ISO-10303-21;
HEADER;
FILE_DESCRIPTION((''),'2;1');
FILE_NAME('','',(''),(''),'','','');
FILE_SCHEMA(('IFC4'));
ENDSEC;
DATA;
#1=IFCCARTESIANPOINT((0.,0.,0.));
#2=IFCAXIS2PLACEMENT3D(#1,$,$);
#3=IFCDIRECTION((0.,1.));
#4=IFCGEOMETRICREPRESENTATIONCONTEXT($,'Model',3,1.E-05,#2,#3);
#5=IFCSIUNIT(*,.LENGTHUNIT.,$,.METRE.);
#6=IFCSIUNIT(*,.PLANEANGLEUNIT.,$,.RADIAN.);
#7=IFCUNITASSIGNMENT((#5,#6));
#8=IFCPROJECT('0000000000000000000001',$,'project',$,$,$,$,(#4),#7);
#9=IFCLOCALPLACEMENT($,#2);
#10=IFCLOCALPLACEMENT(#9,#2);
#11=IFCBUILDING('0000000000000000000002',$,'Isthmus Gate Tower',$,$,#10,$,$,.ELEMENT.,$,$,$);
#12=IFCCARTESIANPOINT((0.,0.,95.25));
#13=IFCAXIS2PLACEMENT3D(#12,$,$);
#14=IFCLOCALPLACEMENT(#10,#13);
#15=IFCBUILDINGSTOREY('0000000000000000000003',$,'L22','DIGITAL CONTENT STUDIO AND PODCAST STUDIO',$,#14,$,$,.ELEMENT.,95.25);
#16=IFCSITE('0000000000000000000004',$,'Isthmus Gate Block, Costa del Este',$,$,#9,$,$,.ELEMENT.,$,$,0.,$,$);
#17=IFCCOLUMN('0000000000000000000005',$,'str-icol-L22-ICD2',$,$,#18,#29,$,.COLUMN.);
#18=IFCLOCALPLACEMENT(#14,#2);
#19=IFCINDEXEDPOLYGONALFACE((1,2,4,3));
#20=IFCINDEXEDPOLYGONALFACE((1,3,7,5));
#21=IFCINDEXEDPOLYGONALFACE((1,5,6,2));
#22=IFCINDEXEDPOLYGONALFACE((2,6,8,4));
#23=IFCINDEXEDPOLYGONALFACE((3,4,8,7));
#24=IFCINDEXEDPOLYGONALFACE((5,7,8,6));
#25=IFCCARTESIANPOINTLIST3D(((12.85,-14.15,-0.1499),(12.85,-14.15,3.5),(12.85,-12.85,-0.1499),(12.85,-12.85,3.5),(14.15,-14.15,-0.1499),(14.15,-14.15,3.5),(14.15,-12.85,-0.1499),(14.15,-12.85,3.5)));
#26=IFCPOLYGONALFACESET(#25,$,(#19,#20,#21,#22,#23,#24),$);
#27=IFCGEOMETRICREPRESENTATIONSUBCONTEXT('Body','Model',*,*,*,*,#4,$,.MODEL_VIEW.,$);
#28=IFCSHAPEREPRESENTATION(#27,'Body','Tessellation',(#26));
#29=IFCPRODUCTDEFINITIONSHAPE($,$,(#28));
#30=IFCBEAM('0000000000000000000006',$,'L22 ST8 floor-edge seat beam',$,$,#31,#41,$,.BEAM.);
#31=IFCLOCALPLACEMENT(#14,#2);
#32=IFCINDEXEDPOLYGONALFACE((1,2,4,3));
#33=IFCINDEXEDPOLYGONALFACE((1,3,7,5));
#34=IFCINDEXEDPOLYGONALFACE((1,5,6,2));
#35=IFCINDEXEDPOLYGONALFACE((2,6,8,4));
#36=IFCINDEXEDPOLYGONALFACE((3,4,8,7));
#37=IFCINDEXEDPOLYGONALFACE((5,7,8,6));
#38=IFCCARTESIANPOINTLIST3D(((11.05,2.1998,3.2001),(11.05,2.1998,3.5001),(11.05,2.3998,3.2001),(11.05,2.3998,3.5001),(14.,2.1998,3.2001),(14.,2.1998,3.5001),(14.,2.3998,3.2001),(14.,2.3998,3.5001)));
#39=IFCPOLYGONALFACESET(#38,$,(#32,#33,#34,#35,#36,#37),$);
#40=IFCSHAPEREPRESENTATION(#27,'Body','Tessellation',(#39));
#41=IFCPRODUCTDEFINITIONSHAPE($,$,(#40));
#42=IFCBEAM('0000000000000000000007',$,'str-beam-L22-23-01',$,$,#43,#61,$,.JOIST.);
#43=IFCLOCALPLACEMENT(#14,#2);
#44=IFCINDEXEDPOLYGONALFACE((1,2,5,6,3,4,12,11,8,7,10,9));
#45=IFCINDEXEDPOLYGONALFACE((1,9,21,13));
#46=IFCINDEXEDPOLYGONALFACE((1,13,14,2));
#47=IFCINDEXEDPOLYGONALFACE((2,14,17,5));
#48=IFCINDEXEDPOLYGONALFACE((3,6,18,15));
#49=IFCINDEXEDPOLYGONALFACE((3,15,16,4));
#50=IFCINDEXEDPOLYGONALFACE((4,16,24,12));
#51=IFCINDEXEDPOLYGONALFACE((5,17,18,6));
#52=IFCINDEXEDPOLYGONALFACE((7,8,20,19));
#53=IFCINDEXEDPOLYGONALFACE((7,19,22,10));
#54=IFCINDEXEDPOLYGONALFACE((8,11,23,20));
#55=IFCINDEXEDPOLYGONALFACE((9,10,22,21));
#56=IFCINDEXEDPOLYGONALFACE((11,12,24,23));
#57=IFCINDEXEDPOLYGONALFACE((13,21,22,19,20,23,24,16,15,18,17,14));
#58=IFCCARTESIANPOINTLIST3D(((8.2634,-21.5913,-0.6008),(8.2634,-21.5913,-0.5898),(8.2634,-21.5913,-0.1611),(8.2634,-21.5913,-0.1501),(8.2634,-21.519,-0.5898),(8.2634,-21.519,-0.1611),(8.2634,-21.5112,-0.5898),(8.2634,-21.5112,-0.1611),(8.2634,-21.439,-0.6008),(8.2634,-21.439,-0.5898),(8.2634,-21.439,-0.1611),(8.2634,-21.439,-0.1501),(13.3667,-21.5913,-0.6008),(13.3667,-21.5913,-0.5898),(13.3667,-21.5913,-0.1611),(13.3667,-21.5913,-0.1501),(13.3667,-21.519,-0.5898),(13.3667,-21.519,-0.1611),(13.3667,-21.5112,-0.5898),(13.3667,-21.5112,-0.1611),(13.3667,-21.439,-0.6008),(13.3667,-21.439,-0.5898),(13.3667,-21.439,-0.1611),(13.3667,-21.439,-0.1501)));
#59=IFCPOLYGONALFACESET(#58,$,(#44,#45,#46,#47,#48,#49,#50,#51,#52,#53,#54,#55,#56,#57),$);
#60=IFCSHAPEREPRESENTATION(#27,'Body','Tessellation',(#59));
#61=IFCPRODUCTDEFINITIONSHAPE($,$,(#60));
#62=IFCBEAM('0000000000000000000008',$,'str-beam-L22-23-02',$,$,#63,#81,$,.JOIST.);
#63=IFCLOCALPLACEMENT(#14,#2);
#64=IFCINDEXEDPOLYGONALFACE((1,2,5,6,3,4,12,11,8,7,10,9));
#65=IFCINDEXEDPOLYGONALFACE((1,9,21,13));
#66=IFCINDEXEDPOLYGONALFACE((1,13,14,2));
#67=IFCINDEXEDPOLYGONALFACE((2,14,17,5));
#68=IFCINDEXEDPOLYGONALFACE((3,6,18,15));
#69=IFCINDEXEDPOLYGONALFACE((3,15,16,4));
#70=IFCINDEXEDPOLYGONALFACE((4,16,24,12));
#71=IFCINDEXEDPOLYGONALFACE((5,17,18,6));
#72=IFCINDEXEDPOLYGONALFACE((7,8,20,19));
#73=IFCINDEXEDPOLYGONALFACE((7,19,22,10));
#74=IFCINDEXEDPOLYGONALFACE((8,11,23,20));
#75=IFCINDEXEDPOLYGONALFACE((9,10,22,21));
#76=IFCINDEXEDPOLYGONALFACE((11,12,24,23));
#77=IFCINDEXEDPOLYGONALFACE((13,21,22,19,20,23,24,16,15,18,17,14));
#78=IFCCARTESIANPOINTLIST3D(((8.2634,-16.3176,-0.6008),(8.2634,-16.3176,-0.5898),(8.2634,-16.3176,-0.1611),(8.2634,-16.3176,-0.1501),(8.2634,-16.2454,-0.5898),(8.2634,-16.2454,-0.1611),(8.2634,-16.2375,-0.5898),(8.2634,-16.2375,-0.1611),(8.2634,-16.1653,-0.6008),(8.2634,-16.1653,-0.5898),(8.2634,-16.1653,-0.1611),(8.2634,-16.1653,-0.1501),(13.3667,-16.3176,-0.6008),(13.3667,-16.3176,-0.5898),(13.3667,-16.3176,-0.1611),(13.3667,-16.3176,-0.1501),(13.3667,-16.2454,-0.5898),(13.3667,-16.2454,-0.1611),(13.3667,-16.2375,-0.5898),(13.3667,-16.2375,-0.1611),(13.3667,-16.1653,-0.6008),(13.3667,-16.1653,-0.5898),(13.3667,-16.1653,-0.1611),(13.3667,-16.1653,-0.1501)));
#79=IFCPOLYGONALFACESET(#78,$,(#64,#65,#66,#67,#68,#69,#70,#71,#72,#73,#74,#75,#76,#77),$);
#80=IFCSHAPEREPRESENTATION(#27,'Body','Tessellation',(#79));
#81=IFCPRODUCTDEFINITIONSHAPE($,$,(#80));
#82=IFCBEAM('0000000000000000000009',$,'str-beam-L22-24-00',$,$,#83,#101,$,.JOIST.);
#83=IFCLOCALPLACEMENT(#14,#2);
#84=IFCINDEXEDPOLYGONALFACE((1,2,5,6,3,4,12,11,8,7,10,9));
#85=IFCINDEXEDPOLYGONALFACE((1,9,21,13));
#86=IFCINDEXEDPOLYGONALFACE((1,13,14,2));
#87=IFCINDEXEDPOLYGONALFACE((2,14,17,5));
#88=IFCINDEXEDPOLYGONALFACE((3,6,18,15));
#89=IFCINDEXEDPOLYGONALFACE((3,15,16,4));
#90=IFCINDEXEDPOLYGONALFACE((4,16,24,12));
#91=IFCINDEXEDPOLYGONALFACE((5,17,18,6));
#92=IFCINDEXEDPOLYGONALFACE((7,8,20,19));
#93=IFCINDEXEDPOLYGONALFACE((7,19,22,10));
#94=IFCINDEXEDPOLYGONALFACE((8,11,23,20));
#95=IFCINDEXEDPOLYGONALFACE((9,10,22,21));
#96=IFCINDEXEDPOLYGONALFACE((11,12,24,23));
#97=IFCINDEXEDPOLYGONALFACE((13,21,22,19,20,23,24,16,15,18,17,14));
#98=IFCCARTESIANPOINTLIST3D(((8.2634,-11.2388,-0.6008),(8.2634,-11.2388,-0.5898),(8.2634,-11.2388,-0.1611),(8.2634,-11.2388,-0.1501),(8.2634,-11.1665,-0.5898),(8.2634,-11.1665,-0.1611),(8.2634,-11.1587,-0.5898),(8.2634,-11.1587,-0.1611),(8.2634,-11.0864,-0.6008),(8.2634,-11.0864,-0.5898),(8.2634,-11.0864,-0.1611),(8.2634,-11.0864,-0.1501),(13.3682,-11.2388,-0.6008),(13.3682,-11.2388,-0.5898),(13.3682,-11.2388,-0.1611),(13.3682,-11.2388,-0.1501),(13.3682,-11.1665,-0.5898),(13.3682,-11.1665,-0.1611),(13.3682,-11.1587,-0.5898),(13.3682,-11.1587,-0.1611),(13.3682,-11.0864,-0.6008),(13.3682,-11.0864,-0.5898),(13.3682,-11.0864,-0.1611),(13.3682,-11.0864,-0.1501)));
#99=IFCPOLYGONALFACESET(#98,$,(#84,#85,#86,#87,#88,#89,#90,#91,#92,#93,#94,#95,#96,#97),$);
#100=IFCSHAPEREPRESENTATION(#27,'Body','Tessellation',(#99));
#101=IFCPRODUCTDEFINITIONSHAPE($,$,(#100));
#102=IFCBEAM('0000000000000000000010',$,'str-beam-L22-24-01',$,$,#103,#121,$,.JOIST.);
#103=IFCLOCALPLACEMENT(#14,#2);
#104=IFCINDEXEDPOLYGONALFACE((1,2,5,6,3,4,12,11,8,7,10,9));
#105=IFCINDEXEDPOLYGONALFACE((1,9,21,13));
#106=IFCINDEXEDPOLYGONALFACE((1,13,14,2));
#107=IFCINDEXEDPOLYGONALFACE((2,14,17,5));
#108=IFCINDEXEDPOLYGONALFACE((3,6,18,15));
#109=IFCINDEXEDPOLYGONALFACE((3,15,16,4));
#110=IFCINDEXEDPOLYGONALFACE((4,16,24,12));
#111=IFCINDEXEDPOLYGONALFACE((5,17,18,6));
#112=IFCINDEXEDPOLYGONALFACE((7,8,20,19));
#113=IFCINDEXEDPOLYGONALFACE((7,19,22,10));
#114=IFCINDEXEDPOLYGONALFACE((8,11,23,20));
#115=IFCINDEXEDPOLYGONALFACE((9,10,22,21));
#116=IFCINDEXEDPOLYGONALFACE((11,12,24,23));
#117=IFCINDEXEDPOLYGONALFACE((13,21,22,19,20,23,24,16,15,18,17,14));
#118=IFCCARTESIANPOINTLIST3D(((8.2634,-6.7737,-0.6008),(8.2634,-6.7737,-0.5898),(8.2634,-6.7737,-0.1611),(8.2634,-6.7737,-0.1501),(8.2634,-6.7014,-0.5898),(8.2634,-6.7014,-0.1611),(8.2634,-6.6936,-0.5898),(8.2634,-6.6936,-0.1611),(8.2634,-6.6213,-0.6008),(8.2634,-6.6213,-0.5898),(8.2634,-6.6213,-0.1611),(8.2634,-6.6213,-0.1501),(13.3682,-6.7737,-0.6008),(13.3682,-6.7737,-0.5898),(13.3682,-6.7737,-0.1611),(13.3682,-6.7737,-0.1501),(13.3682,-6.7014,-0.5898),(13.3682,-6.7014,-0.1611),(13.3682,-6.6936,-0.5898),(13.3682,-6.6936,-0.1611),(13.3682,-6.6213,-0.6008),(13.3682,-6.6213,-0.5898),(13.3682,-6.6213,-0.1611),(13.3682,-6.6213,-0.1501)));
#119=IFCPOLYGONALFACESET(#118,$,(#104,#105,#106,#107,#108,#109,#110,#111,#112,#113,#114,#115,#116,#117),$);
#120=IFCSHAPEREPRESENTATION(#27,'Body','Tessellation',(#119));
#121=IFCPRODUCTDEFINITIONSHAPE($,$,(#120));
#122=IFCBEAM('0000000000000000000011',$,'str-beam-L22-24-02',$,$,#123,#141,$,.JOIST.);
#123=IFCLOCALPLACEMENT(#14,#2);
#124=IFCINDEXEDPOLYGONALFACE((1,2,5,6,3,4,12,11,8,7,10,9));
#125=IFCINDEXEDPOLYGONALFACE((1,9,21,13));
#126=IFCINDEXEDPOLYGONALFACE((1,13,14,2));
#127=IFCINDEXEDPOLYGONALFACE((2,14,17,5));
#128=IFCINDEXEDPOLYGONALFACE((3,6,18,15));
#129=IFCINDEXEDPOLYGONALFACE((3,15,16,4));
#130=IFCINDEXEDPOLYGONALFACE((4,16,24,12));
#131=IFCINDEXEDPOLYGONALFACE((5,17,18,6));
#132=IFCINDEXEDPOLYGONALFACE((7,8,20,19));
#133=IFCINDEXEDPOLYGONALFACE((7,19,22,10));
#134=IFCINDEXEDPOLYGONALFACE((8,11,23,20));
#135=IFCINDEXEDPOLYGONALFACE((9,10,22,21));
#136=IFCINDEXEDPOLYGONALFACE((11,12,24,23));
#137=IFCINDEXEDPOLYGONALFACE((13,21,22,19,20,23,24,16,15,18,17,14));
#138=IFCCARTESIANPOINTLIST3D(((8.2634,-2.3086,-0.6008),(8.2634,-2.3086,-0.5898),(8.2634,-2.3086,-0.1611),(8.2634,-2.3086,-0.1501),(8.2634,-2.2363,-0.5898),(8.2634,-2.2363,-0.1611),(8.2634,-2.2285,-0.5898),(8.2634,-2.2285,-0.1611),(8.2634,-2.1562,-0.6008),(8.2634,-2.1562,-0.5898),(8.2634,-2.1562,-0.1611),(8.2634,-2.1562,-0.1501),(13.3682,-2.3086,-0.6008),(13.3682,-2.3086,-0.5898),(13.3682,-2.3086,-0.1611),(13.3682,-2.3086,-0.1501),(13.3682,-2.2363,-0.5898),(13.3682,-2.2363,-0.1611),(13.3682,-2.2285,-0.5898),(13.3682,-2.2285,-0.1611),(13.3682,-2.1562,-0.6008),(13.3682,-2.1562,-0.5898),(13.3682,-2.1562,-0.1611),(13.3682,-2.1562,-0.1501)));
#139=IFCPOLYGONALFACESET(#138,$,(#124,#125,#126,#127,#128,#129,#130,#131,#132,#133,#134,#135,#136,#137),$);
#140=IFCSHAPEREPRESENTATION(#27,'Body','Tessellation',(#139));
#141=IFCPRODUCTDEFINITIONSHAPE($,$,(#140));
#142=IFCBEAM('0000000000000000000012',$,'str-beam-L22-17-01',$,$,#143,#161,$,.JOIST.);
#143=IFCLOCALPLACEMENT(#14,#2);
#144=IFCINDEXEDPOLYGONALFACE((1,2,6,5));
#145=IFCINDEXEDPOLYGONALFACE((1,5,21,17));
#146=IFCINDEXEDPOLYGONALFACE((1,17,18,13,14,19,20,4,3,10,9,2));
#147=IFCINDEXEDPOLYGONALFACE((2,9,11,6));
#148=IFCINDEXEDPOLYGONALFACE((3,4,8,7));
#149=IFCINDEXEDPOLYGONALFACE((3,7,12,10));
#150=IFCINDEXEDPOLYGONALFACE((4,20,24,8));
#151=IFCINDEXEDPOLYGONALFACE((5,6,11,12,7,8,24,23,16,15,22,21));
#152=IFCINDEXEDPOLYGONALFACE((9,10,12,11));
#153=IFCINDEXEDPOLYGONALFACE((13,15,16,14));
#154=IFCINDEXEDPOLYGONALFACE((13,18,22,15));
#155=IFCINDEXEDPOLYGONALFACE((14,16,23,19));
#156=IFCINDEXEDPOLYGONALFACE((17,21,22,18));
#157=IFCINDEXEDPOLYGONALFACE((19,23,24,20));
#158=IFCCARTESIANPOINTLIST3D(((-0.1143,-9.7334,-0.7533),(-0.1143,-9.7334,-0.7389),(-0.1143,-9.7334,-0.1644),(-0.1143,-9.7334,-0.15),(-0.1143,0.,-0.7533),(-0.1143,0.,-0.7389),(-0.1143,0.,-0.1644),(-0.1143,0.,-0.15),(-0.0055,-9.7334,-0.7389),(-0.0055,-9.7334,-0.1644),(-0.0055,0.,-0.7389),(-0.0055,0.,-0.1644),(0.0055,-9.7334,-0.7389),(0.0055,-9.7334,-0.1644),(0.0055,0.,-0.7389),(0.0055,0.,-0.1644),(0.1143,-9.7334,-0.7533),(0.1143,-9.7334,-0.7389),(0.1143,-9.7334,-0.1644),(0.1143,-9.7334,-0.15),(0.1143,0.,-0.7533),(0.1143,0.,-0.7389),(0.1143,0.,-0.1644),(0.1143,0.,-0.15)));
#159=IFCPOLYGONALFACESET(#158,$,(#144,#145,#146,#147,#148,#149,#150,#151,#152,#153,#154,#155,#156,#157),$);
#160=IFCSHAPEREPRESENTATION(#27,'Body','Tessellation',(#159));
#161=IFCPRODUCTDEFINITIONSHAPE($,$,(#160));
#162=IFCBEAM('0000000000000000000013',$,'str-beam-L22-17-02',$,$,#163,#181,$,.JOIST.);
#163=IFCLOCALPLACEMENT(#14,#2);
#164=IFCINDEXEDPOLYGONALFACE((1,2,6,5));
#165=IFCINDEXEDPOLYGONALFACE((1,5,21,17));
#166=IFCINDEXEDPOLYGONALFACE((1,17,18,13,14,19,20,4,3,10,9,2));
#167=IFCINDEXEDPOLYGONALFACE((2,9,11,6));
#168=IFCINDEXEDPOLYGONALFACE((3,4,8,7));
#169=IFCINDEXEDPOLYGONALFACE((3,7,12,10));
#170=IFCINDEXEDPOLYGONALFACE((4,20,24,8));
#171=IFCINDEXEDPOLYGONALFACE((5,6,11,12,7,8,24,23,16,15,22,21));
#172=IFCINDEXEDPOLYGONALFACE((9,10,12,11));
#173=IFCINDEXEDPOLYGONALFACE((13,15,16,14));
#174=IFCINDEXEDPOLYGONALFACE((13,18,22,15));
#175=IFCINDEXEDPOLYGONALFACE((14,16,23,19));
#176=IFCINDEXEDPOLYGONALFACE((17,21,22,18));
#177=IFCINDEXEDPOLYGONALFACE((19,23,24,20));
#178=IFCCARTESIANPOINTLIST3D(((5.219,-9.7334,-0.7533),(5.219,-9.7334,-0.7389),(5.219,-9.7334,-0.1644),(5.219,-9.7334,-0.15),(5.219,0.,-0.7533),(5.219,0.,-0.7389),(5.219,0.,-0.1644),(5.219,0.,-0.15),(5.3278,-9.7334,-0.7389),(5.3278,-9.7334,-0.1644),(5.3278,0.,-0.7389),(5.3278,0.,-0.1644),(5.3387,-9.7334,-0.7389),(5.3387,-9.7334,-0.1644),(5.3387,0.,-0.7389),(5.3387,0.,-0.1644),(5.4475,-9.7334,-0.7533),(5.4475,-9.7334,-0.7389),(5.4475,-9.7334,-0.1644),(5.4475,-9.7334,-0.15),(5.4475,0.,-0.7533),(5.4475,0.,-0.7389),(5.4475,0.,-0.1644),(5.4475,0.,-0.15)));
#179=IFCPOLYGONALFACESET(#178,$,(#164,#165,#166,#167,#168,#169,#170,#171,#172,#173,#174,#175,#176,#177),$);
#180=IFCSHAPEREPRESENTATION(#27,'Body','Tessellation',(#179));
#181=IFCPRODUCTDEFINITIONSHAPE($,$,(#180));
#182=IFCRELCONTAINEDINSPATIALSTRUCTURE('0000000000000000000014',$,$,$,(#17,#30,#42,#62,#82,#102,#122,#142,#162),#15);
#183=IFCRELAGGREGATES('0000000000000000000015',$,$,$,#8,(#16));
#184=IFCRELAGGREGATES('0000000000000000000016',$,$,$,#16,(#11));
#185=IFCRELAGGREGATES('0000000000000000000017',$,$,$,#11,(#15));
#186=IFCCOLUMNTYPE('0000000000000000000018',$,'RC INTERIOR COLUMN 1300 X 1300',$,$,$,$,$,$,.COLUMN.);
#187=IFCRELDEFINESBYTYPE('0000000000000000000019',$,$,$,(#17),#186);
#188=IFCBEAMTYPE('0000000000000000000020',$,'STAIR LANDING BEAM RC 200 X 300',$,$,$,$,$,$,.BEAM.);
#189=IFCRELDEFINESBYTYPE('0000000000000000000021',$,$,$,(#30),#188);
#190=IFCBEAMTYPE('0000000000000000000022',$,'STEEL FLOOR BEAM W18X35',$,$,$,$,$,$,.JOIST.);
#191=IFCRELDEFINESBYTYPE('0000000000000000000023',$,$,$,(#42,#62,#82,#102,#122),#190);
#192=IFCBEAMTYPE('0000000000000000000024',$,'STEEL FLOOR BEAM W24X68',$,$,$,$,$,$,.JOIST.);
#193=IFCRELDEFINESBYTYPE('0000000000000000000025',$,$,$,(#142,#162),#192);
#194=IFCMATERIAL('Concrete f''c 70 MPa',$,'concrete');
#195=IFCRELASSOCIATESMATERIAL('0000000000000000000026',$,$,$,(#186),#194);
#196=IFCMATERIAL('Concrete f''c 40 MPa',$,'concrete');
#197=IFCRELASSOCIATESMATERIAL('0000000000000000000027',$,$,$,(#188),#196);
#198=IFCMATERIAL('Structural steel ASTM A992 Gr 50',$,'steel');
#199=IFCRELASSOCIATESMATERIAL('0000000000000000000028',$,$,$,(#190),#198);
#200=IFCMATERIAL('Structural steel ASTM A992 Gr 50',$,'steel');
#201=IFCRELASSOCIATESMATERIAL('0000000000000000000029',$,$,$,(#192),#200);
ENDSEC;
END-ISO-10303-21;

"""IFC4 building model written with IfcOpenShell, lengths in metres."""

from ifc_helpers import new_model, si_unit, direction, frame, origin, origin_2d, place, context, subcontext, project, spatial, rectangle, i_section, extrude, material, material_profile, profile_set, type_object, element, save


model = new_model("IFC4")

# Units and contexts
model_context = context("Model", 3, precision=1e-05, world=origin(), true_north=direction((0.0, 1.0)))
body_context = subcontext(model_context, "Body", "Model", "MODEL_VIEW")
ifc_project = project(units=[si_unit("LENGTHUNIT", "METRE"), si_unit("PLANEANGLEUNIT", "RADIAN")], contexts=[model_context])

# Site, building, storey
site_placement = place(None, origin())
site = spatial("IfcSite", under=ifc_project, at=site_placement, Name="Isthmus Gate Block, Costa del Este", CompositionType="ELEMENT", RefElevation=0.0)
building_placement = place(site_placement, origin())
building = spatial("IfcBuilding", under=site, at=building_placement, Name="Isthmus Gate Tower", CompositionType="ELEMENT")
storey_placement = place(building_placement, frame((0.0, 0.0, 95.25)))
storey = spatial("IfcBuildingStorey", under=building, at=storey_placement, Name="L22", Description="DIGITAL CONTENT STUDIO AND PODCAST STUDIO", CompositionType="ELEMENT", Elevation=95.25)

# Column
ifc_material_1 = material(Name="Concrete f'c 70 MPa", Category="concrete")
ifc_material_profile_1 = material_profile(ifc_material_1, rectangle(XDim=1.3, YDim=1.3, at=origin_2d()), Name="RC 1300X1300")
ifc_profile_set_1 = profile_set([ifc_material_profile_1], Name="Concrete f'c 70 MPa")
column_type = type_object("IfcColumnType", Name="RC INTERIOR COLUMN 1300 X 1300", PredefinedType="COLUMN", material=ifc_profile_set_1)
column_placement = place(storey_placement, frame((13.5, -13.5, -0.1499), z_axis=(0.0, 0.0, 1.0), x_axis=(1.0, 0.0, 0.0)))
element("IfcColumn", 1, at=column_placement, inside=storey, type_object=column_type, Name="str-icol-L22-ICD2", PredefinedType="COLUMN", context=body_context, shape_type="SweptSolid", body=[
    extrude(rectangle(XDim=1.3, YDim=1.3, at=origin_2d()), origin(), (0.0, 0.0, 1.0), 3.6499),
])

# Beams
ifc_material_2 = material(Name="Concrete f'c 40 MPa", Category="concrete")
ifc_material_profile_2 = material_profile(ifc_material_2, rectangle(XDim=0.2, YDim=0.3, at=origin_2d()), Name="STAIR LANDING BEAM RC 200 X 300")
ifc_profile_set_2 = profile_set([ifc_material_profile_2], Name="Concrete f'c 40 MPa")
beam_type_1 = type_object("IfcBeamType", Name="STAIR LANDING BEAM RC 200 X 300", PredefinedType="BEAM", material=ifc_profile_set_2)
beam_1_placement = place(storey_placement, frame((11.05, 2.2998, 3.3501), z_axis=(1.0, 0.0, 0.0), x_axis=(0.0, 1.0, 0.0)))
element("IfcBeam", 2, at=beam_1_placement, inside=storey, type_object=beam_type_1, Name="L22 ST8 floor-edge seat beam", PredefinedType="BEAM", context=body_context, shape_type="SweptSolid", body=[
    extrude(rectangle(XDim=0.2, YDim=0.3, at=origin_2d()), origin(), (0.0, 0.0, 1.0), 2.95),
])
ifc_material_3 = material(Name="Structural steel ASTM A992 Gr 50", Category="steel")
ifc_material_profile_3 = material_profile(ifc_material_3, i_section(OverallWidth=0.1523, OverallDepth=0.4507, WebThickness=0.0078, FlangeThickness=0.011, at=origin_2d()), Name="W18X35")
ifc_profile_set_3 = profile_set([ifc_material_profile_3], Name="Structural steel ASTM A992 Gr 50")
beam_type_2 = type_object("IfcBeamType", Name="STEEL FLOOR BEAM W18X35", PredefinedType="JOIST", material=ifc_profile_set_3)
for number, where, z_axis, x_axis, name in (
    (3, (8.2634, -21.5151, -0.3755), (1.0, 0.0, 0.0), (0.0, 1.0, 0.0), "str-beam-L22-23-01"),
    (4, (8.2634, -16.2415, -0.3755), (1.0, 0.0, 0.0), (0.0, 1.0, 0.0), "str-beam-L22-23-02"),
):
    element("IfcBeam", number, at=place(storey_placement, frame(where, z_axis=z_axis, x_axis=x_axis)), inside=storey, type_object=beam_type_2, Name=name, PredefinedType="JOIST", context=body_context, shape_type="SweptSolid", body=[
        extrude(i_section(OverallWidth=0.1523, OverallDepth=0.4507, WebThickness=0.0078, FlangeThickness=0.011, at=origin_2d()), origin(), (0.0, 0.0, 1.0), 5.1033),
    ])
for number, where, z_axis, x_axis, name in (
    (5, (8.2634, -11.1626, -0.3755), (1.0, 0.0, 0.0), (0.0, 1.0, 0.0), "str-beam-L22-24-00"),
    (6, (8.2634, -6.6975, -0.3755), (1.0, 0.0, 0.0), (0.0, 1.0, 0.0), "str-beam-L22-24-01"),
    (7, (8.2634, -2.2324, -0.3755), (1.0, 0.0, 0.0), (0.0, 1.0, 0.0), "str-beam-L22-24-02"),
):
    element("IfcBeam", number, at=place(storey_placement, frame(where, z_axis=z_axis, x_axis=x_axis)), inside=storey, type_object=beam_type_2, Name=name, PredefinedType="JOIST", context=body_context, shape_type="SweptSolid", body=[
        extrude(i_section(OverallWidth=0.1523, OverallDepth=0.4507, WebThickness=0.0078, FlangeThickness=0.011, at=origin_2d()), origin(), (0.0, 0.0, 1.0), 5.1047),
    ])
ifc_material_4 = material(Name="Structural steel ASTM A992 Gr 50", Category="steel")
ifc_material_profile_4 = material_profile(ifc_material_4, i_section(OverallWidth=0.2285, OverallDepth=0.6033, WebThickness=0.011, FlangeThickness=0.0144, at=origin_2d()), Name="W24X68")
ifc_profile_set_4 = profile_set([ifc_material_profile_4], Name="Structural steel ASTM A992 Gr 50")
beam_type_3 = type_object("IfcBeamType", Name="STEEL FLOOR BEAM W24X68", PredefinedType="JOIST", material=ifc_profile_set_4)
for number, where, z_axis, x_axis, name in (
    (8, (0.0, -9.7334, -0.4517), (0.0, 1.0, 0.0), (-1.0, 0.0, 0.0), "str-beam-L22-17-01"),
    (9, (5.3333, -9.7334, -0.4517), (0.0, 1.0, 0.0), (-1.0, 0.0, 0.0), "str-beam-L22-17-02"),
):
    element("IfcBeam", number, at=place(storey_placement, frame(where, z_axis=z_axis, x_axis=x_axis)), inside=storey, type_object=beam_type_3, Name=name, PredefinedType="JOIST", context=body_context, shape_type="SweptSolid", body=[
        extrude(i_section(OverallWidth=0.2285, OverallDepth=0.6033, WebThickness=0.011, FlangeThickness=0.0144, at=origin_2d()), origin(), (0.0, 0.0, 1.0), 9.7334),
    ])

save(model, "model.ifc")
